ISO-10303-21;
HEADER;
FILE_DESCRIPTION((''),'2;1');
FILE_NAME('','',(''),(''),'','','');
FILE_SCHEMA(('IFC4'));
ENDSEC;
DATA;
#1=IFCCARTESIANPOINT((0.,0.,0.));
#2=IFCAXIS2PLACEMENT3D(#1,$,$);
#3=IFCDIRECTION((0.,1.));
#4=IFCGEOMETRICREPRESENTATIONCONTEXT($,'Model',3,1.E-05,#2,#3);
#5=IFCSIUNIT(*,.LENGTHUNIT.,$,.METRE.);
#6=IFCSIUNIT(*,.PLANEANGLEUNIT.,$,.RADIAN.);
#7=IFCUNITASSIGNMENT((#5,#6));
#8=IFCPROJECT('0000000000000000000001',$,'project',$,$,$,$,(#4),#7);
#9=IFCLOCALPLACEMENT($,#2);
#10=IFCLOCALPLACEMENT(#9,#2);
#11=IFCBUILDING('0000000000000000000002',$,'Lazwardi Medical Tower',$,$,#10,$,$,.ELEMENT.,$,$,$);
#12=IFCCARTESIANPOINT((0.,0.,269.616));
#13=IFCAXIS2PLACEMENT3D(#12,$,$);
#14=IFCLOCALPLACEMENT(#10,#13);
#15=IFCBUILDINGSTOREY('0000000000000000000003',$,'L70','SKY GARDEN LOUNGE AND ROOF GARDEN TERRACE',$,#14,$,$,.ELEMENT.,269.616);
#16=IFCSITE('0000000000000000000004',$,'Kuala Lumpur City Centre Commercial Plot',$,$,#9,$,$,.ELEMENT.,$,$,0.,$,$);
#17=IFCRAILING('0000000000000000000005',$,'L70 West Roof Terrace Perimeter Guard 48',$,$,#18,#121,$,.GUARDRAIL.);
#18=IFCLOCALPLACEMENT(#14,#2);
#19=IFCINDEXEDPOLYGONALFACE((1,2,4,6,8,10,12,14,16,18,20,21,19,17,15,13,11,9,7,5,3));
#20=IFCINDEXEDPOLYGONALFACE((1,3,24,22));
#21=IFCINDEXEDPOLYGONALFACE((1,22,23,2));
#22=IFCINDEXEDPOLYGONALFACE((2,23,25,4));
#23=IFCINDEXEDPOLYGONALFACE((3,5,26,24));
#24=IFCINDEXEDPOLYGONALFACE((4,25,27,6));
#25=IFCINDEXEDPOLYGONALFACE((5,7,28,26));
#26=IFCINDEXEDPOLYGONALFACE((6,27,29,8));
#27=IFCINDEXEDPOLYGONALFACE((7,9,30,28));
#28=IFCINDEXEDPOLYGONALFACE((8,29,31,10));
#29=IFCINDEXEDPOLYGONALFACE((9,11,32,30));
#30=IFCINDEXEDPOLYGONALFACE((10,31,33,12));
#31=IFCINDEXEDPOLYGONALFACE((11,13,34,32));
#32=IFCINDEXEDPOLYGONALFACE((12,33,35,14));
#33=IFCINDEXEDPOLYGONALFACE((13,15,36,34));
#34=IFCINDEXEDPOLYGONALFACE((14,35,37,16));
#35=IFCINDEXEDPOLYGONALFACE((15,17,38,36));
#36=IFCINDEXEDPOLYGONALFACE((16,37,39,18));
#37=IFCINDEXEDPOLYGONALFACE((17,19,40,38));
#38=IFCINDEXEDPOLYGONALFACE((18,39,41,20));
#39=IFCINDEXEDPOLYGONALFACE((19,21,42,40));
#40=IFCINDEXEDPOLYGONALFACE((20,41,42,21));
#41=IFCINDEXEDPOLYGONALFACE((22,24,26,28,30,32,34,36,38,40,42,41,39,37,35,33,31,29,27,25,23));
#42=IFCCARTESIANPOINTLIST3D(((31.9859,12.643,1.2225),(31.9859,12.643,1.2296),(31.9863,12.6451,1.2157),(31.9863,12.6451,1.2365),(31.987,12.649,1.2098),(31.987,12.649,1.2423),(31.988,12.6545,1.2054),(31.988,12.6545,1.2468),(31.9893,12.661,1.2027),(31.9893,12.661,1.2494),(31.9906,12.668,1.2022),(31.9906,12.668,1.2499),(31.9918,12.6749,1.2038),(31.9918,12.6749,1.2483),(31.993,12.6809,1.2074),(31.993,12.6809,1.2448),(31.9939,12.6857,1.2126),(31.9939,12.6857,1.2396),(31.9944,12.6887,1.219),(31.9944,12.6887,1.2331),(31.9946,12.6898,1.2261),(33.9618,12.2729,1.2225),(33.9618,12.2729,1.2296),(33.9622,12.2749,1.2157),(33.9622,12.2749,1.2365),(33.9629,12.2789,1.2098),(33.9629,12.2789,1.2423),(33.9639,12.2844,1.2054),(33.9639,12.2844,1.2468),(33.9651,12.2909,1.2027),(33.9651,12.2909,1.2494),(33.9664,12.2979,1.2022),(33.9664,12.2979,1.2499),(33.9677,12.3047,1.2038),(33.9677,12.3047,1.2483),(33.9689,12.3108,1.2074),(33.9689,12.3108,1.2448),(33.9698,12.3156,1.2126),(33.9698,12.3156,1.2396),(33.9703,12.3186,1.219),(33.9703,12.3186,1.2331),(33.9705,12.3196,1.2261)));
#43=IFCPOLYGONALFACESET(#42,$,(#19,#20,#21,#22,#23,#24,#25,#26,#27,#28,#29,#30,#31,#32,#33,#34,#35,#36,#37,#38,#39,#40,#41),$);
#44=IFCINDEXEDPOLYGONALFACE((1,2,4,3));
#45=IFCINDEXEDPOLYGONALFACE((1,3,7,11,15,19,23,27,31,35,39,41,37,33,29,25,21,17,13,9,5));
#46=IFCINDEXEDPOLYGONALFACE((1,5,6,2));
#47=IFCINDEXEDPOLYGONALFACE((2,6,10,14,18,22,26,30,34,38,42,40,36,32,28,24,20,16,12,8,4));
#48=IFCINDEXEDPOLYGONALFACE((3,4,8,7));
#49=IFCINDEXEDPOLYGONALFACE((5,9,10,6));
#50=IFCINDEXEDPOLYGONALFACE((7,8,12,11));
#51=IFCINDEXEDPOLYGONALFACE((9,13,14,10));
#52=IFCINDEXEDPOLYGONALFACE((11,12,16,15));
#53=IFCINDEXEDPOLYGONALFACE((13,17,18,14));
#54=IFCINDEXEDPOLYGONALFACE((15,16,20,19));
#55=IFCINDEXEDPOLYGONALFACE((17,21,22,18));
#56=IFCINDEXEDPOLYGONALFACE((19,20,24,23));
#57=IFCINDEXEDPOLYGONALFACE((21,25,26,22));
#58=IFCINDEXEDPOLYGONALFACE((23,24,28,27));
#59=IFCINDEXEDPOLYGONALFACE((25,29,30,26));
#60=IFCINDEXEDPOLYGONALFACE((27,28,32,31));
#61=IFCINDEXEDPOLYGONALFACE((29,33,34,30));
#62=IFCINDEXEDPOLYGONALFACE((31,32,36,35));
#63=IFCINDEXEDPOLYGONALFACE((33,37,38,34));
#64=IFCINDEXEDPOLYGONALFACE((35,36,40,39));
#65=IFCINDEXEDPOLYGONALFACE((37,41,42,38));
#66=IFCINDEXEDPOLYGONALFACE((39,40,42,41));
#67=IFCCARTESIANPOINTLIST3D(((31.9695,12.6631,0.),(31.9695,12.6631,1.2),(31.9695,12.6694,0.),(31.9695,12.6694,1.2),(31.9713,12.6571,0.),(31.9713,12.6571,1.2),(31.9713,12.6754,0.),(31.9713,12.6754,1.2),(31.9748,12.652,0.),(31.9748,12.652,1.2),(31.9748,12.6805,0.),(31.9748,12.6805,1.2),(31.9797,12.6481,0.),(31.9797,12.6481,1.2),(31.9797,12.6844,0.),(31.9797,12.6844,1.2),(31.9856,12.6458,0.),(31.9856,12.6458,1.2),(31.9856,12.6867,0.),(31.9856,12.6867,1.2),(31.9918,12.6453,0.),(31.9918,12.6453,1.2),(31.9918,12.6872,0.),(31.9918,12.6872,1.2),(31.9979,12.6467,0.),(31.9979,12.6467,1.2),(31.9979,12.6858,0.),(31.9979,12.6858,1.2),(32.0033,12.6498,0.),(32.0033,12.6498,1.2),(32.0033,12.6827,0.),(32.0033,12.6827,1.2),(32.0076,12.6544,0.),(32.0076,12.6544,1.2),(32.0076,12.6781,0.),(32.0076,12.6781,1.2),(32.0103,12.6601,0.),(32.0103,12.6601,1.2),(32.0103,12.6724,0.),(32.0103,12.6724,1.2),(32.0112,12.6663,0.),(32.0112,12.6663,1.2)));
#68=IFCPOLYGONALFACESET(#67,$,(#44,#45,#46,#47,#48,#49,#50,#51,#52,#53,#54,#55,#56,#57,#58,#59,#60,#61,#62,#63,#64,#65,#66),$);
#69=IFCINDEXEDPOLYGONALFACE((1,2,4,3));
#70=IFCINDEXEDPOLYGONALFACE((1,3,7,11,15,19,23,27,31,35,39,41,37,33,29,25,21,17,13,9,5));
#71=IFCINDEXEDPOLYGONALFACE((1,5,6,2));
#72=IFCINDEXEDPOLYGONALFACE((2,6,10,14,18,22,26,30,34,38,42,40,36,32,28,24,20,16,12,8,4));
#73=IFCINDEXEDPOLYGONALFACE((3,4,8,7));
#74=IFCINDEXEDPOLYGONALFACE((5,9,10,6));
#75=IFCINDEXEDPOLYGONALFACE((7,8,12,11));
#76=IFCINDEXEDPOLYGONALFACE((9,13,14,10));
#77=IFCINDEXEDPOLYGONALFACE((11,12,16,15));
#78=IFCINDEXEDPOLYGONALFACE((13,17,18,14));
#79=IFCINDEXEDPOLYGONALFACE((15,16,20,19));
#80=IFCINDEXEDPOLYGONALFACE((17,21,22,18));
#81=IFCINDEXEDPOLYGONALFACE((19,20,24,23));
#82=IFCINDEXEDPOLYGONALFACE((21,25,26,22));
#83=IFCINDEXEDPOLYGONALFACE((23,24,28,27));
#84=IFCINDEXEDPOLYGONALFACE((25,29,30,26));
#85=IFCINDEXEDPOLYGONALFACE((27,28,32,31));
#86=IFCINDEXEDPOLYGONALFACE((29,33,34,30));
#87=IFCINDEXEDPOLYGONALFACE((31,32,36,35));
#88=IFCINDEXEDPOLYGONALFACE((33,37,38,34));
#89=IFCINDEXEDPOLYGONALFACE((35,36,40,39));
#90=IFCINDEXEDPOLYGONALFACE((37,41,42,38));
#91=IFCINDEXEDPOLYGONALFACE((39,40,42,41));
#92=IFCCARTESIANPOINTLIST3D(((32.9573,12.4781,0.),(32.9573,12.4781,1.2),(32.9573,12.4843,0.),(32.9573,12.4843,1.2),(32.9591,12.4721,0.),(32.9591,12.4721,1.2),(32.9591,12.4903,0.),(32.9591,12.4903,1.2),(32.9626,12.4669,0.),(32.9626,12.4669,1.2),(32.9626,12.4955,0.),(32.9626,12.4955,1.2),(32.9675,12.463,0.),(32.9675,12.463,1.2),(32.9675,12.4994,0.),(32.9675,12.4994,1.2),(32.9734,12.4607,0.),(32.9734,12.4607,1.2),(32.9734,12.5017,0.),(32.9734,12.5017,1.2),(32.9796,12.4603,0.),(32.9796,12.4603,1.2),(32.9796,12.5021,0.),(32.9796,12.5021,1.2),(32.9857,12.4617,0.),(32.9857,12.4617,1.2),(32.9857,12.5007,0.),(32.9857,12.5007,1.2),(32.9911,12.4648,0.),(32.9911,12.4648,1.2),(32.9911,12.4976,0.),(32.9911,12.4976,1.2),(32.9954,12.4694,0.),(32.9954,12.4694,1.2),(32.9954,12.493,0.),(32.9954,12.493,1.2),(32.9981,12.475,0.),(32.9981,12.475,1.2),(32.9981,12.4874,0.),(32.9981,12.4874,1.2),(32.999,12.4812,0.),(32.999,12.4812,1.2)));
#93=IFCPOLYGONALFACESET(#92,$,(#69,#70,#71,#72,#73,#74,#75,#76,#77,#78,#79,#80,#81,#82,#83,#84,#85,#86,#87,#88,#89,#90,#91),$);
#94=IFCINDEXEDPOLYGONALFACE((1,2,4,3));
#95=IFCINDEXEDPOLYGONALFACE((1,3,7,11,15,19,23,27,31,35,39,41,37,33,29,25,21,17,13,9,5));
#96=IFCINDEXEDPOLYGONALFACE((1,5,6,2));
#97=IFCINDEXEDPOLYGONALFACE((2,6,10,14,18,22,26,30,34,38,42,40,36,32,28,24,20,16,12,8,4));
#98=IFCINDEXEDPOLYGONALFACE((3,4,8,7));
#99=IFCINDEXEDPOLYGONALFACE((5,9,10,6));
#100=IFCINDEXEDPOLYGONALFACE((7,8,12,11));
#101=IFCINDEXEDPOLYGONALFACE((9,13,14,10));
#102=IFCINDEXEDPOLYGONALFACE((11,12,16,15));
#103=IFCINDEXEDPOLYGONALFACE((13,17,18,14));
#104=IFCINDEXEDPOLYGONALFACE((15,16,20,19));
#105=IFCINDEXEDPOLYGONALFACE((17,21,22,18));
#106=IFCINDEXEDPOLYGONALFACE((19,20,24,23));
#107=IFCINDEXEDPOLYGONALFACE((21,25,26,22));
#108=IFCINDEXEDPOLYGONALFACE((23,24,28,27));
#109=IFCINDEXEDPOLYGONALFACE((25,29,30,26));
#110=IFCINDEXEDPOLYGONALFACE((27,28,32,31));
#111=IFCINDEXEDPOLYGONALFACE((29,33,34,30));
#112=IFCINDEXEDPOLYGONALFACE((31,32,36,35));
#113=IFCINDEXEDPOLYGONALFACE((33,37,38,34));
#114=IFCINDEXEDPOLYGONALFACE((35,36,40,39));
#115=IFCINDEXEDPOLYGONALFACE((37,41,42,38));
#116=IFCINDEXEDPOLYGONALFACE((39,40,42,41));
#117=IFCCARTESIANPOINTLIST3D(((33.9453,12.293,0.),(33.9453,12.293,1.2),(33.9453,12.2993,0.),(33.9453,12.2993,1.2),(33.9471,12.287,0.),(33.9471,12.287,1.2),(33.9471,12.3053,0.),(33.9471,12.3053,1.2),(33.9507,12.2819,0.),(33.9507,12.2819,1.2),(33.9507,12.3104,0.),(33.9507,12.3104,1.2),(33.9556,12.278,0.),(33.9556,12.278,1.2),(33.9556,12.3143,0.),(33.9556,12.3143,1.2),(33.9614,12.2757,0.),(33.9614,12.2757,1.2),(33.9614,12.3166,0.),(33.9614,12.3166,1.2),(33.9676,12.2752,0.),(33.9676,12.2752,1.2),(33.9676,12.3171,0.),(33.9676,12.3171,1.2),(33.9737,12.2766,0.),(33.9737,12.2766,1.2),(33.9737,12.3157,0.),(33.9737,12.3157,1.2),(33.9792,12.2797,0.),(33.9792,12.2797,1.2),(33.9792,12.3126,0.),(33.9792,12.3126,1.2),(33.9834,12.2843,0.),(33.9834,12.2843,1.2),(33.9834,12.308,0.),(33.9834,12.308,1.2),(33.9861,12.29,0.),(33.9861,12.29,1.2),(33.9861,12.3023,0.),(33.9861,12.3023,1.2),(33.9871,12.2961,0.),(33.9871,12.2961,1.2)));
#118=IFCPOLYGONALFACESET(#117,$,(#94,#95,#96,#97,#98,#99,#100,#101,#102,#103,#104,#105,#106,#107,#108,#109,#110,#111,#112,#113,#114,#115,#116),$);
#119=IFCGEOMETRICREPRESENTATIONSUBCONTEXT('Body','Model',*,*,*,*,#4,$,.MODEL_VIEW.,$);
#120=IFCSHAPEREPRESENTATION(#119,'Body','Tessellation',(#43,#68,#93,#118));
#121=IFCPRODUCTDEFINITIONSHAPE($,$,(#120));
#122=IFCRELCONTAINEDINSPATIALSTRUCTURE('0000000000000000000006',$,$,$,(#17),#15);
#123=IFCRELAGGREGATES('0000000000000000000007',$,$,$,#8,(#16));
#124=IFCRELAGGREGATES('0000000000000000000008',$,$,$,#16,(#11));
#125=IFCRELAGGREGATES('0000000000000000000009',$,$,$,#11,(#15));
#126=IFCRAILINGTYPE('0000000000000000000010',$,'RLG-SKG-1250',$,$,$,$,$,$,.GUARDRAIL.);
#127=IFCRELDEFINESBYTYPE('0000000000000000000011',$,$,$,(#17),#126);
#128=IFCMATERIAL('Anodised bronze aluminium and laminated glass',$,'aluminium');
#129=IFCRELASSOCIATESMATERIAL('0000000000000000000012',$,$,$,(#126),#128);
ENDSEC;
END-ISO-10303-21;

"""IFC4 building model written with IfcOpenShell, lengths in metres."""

from ifc_helpers import new_model, si_unit, direction, frame, origin, origin_2d, place, context, subcontext, project, spatial, circle, extrude, material, type_object, element, save


model = new_model("IFC4")

# Units and contexts
model_context = context("Model", 3, precision=1e-05, world=origin(), true_north=direction((0.0, 1.0)))
body_context = subcontext(model_context, "Body", "Model", "MODEL_VIEW")
ifc_project = project(units=[si_unit("LENGTHUNIT", "METRE"), si_unit("PLANEANGLEUNIT", "RADIAN")], contexts=[model_context])

# Site, building, storey
site_placement = place(None, origin())
site = spatial("IfcSite", under=ifc_project, at=site_placement, Name="Kuala Lumpur City Centre Commercial Plot", CompositionType="ELEMENT", RefElevation=0.0)
building_placement = place(site_placement, origin())
building = spatial("IfcBuilding", under=site, at=building_placement, Name="Lazwardi Medical Tower", CompositionType="ELEMENT")
storey_placement = place(building_placement, frame((0.0, 0.0, 269.616)))
storey = spatial("IfcBuildingStorey", under=building, at=storey_placement, Name="L70", Description="SKY GARDEN LOUNGE AND ROOF GARDEN TERRACE", CompositionType="ELEMENT", Elevation=269.616)

# Railing
ifc_material_1 = material(Name="Anodised bronze aluminium and laminated glass", Category="aluminium")
railing_type = type_object("IfcRailingType", Name="RLG-SKG-1250", PredefinedType="GUARDRAIL", material=ifc_material_1)
railing_1_placement = place(storey_placement, frame((31.9902, 12.6663, 0.0)))
element("IfcRailing", 1, at=railing_1_placement, inside=storey, type_object=railing_type, Name="L70 West Roof Terrace Perimeter Guard 48", PredefinedType="GUARDRAIL", context=body_context, shape_type="SweptSolid", body=[
    extrude(circle(Radius=0.0239, at=origin_2d()), frame((0.0, 0.0, 1.2261), z_axis=(0.982904, -0.18412, 0.0), x_axis=(0.18412, 0.982904, 0.0)), (0.0, 0.0, 1.0), 2.0103),
    extrude(circle(Radius=0.021, at=origin_2d()), origin(), (0.0, 0.0, 1.0), 1.2),
    extrude(circle(Radius=0.021, at=origin_2d()), frame((0.9878, -0.1851, 0.0)), (0.0, 0.0, 1.0), 1.2),
    extrude(circle(Radius=0.021, at=origin_2d()), frame((1.9758, -0.3701, 0.0)), (0.0, 0.0, 1.0), 1.2),
])

save(model, "model.ifc")
